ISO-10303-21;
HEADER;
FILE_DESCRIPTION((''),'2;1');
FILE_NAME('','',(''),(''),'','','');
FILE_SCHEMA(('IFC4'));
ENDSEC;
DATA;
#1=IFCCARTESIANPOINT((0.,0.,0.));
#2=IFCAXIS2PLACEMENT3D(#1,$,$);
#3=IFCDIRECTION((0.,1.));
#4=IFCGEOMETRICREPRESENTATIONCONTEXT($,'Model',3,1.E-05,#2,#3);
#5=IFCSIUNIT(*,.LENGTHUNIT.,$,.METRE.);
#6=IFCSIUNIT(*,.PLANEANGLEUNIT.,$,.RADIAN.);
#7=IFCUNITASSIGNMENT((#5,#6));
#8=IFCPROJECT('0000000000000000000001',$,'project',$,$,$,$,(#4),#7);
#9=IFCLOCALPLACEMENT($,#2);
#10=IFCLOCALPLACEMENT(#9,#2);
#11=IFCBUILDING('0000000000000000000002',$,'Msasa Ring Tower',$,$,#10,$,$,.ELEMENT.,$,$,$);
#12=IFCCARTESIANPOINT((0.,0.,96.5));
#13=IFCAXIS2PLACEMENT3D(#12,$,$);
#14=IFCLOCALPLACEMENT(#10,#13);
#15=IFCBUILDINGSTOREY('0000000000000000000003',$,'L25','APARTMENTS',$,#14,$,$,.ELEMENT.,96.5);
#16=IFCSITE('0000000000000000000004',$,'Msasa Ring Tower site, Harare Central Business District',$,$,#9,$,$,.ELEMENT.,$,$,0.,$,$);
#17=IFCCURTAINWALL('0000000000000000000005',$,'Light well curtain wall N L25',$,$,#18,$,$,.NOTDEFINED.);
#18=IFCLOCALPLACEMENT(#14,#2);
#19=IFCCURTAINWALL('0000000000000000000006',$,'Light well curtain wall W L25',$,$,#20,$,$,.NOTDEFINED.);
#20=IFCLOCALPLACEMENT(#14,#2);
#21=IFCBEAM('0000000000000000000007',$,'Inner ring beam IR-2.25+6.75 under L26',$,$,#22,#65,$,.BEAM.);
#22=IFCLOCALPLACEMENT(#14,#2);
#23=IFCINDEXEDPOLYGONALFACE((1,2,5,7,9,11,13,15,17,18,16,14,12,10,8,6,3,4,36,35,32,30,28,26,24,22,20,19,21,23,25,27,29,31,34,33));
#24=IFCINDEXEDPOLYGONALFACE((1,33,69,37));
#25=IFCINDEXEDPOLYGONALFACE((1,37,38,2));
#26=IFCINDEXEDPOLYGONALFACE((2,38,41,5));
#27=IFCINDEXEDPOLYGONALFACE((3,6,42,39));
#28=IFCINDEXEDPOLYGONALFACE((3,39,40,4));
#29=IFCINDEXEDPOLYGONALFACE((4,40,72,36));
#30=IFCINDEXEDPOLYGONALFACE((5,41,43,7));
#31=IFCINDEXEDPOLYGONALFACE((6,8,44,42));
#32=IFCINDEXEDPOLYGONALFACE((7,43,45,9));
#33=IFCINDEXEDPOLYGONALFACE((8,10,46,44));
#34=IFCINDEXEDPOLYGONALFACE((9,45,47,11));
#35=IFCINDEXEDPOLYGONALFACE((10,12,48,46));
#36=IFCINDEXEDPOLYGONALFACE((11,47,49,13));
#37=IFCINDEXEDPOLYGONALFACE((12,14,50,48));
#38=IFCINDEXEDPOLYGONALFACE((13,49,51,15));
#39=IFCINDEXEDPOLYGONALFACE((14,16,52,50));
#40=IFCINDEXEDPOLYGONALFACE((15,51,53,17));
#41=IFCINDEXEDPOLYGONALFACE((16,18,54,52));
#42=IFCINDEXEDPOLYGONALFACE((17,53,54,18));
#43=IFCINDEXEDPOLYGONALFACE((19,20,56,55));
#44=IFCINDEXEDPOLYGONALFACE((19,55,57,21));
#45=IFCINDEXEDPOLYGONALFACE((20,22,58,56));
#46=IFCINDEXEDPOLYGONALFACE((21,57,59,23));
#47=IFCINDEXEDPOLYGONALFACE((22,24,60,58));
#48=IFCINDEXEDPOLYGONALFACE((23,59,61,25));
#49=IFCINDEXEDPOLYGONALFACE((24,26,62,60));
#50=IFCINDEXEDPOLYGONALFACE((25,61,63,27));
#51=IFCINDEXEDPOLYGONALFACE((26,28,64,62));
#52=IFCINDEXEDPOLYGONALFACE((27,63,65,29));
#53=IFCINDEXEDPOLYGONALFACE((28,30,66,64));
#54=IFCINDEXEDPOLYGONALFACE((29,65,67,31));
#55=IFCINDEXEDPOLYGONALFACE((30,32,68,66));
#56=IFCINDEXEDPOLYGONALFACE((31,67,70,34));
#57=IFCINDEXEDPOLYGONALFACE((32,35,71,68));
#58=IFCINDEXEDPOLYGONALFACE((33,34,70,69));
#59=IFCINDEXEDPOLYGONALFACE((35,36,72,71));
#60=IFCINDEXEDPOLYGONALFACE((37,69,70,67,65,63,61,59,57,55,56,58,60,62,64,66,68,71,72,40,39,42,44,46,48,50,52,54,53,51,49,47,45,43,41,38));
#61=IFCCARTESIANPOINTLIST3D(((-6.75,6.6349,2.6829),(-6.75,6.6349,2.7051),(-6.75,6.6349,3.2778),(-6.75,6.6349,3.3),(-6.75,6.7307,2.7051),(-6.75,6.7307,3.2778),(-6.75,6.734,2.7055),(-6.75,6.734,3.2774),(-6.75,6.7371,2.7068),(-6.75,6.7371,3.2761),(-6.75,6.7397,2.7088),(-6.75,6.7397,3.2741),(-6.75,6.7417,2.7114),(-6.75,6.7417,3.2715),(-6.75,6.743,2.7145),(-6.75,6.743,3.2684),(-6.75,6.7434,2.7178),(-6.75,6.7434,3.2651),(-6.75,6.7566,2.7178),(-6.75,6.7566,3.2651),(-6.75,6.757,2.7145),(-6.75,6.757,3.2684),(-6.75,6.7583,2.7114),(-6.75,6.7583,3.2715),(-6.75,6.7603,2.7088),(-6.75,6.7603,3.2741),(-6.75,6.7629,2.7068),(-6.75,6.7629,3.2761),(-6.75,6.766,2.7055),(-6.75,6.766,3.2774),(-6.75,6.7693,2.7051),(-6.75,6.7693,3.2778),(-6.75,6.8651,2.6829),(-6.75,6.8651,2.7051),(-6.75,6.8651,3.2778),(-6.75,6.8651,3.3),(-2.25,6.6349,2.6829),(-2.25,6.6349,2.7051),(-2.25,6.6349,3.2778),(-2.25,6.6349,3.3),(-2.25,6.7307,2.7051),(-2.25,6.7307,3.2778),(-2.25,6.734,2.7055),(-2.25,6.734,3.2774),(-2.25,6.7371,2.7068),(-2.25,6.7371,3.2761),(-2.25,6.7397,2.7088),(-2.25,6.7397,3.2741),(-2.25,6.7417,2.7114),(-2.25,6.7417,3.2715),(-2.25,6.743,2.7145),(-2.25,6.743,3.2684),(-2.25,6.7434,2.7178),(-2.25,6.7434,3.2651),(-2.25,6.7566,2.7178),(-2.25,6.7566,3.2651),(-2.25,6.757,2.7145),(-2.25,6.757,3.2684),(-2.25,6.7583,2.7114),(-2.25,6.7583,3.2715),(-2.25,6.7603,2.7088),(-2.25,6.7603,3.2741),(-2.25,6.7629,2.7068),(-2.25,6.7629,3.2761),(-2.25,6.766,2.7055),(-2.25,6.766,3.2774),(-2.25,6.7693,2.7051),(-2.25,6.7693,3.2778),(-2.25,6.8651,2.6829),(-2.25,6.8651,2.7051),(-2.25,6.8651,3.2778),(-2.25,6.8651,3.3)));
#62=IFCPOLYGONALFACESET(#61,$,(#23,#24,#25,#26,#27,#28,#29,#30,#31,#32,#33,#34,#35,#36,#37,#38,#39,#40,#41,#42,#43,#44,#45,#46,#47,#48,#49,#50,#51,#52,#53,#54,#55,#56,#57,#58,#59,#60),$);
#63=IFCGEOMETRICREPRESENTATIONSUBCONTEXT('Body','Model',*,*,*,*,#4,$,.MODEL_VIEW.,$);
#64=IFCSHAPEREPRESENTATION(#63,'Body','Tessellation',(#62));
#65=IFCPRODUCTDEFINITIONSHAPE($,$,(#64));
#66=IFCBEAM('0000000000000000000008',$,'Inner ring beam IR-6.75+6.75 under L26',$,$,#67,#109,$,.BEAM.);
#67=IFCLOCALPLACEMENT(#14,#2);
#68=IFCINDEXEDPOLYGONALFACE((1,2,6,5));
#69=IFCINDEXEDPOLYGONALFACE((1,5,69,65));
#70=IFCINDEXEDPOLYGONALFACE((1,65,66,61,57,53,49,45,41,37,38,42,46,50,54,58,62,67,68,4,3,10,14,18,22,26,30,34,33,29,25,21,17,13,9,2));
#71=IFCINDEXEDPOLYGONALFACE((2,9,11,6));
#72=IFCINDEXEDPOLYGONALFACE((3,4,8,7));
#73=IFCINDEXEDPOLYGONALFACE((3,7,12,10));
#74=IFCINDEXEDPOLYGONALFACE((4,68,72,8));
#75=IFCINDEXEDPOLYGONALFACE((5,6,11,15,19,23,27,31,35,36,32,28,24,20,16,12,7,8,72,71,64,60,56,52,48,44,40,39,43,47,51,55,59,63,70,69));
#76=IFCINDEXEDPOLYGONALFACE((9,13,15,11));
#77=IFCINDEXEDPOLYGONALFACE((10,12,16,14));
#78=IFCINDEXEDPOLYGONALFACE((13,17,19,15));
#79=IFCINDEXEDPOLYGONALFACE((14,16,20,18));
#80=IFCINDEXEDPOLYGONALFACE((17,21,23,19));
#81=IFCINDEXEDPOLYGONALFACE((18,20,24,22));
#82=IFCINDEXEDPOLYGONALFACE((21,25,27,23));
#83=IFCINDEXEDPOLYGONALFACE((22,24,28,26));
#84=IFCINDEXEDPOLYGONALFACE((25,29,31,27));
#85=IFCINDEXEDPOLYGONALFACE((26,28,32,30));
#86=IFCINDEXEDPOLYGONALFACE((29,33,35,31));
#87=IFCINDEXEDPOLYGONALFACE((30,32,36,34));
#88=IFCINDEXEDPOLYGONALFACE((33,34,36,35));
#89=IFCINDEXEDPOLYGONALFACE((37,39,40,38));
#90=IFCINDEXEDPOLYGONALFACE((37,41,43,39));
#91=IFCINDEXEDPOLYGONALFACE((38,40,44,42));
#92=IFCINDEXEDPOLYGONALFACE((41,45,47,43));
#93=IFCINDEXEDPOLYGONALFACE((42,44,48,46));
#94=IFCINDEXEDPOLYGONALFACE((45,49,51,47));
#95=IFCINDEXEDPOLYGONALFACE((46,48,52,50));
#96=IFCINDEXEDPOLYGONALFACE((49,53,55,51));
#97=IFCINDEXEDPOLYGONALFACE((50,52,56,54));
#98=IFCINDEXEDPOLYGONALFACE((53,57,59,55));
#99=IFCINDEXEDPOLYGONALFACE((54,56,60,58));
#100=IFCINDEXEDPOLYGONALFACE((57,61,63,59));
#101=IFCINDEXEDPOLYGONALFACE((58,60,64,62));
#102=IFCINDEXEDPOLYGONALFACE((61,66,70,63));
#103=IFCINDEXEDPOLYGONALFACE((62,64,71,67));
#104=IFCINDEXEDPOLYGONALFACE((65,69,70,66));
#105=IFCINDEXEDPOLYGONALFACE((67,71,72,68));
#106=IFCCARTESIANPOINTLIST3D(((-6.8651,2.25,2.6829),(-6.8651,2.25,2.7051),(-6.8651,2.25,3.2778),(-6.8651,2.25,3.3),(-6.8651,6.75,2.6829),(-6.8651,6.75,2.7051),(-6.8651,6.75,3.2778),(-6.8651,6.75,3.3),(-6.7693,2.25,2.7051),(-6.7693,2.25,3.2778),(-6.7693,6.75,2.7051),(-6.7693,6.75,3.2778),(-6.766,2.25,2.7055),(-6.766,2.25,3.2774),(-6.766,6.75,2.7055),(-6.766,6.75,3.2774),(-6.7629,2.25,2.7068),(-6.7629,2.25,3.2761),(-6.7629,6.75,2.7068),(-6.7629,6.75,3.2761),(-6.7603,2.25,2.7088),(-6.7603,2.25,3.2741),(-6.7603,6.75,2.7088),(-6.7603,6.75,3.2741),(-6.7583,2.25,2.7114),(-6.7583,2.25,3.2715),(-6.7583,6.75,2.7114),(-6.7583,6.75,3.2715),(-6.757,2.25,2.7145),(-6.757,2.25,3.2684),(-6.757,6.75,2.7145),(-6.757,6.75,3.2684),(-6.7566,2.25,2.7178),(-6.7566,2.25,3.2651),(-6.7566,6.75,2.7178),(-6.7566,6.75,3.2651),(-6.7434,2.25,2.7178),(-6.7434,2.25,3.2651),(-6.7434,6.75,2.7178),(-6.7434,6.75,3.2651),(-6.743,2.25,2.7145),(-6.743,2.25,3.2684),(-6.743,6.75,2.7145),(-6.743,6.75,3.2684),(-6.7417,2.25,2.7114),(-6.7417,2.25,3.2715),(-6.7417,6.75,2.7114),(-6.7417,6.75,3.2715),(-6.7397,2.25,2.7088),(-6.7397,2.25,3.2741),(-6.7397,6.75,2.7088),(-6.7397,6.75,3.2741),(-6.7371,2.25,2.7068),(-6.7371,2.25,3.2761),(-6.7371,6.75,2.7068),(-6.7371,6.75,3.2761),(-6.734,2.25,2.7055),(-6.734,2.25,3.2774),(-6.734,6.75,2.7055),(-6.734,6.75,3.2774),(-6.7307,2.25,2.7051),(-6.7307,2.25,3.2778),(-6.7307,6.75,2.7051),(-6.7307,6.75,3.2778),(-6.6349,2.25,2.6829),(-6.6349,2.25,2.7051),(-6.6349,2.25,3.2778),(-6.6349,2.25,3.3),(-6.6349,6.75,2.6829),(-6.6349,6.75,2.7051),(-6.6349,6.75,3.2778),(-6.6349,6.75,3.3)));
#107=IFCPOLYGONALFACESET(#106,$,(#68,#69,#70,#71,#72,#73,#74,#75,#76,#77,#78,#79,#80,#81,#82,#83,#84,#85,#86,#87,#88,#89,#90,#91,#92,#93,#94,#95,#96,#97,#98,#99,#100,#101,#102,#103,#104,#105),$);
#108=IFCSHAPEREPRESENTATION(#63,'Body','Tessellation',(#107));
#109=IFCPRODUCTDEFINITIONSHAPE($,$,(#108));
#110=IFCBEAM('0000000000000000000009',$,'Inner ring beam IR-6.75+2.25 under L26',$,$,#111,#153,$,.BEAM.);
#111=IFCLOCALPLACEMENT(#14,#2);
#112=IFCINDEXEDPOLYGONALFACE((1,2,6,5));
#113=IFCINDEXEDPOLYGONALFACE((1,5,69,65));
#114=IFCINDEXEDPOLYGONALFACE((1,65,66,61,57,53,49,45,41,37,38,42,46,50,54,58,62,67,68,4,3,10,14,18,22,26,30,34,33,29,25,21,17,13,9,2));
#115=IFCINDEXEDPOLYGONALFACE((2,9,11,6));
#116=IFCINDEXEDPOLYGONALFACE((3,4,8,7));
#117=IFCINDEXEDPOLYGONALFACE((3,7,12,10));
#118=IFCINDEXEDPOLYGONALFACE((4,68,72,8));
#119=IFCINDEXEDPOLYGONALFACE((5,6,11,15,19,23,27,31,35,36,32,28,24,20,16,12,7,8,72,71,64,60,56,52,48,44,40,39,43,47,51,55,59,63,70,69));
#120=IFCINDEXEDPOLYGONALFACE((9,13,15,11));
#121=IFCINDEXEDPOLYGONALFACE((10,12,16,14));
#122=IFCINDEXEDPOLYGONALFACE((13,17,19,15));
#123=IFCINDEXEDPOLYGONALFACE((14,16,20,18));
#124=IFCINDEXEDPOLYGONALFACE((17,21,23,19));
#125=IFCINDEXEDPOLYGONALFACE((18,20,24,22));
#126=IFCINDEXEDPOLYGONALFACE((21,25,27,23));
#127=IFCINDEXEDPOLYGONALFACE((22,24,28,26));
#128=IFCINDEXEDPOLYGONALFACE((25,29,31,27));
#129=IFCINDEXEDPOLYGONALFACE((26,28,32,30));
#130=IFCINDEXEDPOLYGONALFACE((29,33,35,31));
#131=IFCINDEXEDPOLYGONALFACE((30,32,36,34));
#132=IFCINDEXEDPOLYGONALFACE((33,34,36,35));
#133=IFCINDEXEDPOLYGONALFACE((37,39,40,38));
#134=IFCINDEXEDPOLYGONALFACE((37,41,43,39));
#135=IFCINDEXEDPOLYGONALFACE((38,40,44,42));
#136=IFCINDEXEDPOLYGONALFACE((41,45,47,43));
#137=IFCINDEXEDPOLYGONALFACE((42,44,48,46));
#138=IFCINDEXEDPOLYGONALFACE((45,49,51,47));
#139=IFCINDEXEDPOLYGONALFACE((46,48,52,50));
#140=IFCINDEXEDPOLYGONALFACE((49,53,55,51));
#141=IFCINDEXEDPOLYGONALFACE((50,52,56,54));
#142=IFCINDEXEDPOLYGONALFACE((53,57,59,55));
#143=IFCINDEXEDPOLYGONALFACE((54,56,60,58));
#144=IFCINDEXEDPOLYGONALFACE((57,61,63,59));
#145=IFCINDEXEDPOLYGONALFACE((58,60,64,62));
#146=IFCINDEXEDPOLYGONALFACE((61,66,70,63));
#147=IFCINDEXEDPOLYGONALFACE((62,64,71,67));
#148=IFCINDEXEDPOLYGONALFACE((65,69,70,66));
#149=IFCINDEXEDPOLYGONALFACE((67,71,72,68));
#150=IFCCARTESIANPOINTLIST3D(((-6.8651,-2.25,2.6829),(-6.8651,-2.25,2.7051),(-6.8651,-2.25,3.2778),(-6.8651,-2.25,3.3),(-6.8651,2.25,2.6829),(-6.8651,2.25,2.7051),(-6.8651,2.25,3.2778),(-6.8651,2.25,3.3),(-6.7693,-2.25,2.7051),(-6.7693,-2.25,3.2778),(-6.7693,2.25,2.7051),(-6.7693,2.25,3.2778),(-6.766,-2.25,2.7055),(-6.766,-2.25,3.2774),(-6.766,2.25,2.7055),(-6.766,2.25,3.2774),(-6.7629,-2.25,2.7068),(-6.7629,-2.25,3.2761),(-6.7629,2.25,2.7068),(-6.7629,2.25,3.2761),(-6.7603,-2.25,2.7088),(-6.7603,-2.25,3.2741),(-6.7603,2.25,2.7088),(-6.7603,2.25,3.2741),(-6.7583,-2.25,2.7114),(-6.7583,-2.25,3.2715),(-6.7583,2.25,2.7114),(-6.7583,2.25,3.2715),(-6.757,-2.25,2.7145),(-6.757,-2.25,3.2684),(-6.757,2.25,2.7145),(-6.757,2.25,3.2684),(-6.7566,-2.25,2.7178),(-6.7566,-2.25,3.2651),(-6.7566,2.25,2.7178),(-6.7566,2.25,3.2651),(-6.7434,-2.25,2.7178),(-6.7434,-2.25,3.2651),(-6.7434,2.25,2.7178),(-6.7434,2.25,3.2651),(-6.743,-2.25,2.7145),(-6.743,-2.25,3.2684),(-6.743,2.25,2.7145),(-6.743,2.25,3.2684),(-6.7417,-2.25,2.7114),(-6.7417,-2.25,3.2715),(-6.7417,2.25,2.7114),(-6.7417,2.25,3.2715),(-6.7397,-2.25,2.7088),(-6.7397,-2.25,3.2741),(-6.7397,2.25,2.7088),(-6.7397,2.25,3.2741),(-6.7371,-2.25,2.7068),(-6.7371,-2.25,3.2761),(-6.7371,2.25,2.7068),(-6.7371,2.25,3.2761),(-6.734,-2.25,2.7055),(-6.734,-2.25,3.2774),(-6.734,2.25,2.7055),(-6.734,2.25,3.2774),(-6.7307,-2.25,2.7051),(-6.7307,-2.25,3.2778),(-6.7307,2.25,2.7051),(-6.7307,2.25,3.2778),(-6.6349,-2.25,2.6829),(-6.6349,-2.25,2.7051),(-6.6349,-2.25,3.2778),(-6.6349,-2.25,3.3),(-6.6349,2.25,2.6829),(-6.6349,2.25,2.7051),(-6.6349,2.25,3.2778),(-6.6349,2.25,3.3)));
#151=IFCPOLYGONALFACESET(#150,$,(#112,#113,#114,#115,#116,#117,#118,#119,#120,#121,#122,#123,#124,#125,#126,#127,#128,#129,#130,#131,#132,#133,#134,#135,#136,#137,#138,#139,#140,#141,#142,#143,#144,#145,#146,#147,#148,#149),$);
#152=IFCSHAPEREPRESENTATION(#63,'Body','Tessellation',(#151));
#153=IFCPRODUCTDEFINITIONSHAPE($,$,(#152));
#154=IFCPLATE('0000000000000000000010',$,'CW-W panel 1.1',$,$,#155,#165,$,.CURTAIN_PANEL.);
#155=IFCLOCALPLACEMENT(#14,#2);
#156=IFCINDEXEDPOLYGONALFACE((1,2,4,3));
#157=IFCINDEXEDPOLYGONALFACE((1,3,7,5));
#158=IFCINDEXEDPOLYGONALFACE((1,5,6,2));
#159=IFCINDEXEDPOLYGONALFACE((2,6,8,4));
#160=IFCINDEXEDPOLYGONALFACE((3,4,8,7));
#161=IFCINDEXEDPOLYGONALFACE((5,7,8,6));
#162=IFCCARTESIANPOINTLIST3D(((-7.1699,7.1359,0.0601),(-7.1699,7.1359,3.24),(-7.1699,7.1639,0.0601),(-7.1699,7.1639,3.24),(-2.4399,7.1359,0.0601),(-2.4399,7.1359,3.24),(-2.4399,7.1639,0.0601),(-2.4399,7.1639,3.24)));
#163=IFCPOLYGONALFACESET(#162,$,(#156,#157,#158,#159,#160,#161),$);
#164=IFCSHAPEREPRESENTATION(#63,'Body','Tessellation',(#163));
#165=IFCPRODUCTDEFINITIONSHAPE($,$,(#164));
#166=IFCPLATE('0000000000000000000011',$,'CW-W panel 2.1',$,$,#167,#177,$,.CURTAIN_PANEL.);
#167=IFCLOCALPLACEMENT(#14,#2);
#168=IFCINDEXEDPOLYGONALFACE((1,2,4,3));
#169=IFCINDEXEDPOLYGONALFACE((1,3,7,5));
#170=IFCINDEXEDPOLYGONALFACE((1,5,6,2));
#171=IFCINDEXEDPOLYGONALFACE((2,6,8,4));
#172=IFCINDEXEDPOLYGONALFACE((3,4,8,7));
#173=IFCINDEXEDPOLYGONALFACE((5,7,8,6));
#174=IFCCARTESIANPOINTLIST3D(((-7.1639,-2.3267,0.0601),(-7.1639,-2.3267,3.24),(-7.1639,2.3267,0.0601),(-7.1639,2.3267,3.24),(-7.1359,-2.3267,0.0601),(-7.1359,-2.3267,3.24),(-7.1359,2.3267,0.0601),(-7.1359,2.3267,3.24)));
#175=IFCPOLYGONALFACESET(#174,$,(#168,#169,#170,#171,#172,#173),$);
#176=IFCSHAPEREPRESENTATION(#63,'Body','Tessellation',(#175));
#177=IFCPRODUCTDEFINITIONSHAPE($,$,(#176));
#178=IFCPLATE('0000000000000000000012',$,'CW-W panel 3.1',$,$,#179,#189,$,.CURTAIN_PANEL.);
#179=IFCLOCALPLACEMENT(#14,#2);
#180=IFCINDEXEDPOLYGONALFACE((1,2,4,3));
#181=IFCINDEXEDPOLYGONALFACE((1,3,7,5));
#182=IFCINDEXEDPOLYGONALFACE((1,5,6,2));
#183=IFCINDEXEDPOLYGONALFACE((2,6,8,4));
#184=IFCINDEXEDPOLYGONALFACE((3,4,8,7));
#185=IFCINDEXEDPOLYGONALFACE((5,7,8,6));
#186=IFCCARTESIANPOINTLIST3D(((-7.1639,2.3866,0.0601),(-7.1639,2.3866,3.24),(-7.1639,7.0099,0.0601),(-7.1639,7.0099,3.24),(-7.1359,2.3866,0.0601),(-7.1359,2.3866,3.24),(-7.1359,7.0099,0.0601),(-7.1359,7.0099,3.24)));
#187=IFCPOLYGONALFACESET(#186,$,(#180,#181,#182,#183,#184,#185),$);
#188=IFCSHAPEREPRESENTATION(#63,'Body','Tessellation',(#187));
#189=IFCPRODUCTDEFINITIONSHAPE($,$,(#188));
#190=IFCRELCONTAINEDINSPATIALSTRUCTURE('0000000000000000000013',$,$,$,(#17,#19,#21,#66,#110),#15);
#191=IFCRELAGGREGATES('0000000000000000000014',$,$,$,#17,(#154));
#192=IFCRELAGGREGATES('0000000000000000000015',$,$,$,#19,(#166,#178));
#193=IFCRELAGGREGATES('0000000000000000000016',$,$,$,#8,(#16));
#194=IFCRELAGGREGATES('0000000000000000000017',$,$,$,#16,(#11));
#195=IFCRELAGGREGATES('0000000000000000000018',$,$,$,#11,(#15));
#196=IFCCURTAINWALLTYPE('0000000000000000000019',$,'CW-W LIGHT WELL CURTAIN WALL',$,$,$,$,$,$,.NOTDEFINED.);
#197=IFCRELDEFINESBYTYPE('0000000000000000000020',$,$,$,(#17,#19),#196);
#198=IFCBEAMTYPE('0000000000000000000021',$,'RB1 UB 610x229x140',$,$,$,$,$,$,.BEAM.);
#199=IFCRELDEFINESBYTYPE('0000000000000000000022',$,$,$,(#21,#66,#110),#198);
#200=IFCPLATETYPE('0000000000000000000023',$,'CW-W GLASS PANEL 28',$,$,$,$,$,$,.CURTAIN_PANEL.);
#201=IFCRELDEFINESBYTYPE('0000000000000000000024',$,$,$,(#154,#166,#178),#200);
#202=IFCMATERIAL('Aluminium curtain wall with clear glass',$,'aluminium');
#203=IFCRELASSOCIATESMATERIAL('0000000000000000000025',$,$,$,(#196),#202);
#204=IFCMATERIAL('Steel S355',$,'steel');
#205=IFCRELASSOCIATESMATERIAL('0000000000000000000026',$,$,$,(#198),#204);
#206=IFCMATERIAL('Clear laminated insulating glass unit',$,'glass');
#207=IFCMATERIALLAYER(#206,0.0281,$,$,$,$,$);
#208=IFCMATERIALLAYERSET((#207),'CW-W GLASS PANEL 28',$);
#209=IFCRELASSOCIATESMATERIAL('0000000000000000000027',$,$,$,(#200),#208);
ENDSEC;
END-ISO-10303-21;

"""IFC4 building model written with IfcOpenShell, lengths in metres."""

from ifc_helpers import new_model, si_unit, direction, frame, origin, origin_2d, place, context, subcontext, project, spatial, rectangle, i_section, extrude, material, layer, layer_set, material_profile, profile_set, type_object, element, aggregate, save


model = new_model("IFC4")

# Units and contexts
model_context = context("Model", 3, precision=1e-05, world=origin(), true_north=direction((0.0, 1.0)))
body_context = subcontext(model_context, "Body", "Model", "MODEL_VIEW")
ifc_project = project(units=[si_unit("LENGTHUNIT", "METRE"), si_unit("PLANEANGLEUNIT", "RADIAN")], contexts=[model_context])

# Site, building, storey
site_placement = place(None, origin())
site = spatial("IfcSite", under=ifc_project, at=site_placement, Name="Msasa Ring Tower site, Harare Central Business District", CompositionType="ELEMENT", RefElevation=0.0)
building_placement = place(site_placement, origin())
building = spatial("IfcBuilding", under=site, at=building_placement, Name="Msasa Ring Tower", CompositionType="ELEMENT")
storey_placement = place(building_placement, frame((0.0, 0.0, 96.5)))
storey = spatial("IfcBuildingStorey", under=building, at=storey_placement, Name="L25", Description="APARTMENTS", CompositionType="ELEMENT", Elevation=96.5)

# Curtain walls
ifc_material_1 = material(Name="Aluminium curtain wall with clear glass", Category="aluminium")
curtain_wall_type = type_object("IfcCurtainWallType", Name="CW-W LIGHT WELL CURTAIN WALL", PredefinedType="NOTDEFINED", material=ifc_material_1)
curtain_wall_1_placement = place(storey_placement, origin())
curtain_wall_1 = element("IfcCurtainWall", 1, at=curtain_wall_1_placement, inside=storey, type_object=curtain_wall_type, Name="Light well curtain wall N L25", PredefinedType="NOTDEFINED")
curtain_wall_2_placement = place(storey_placement, origin())
curtain_wall_2 = element("IfcCurtainWall", 2, at=curtain_wall_2_placement, inside=storey, type_object=curtain_wall_type, Name="Light well curtain wall W L25", PredefinedType="NOTDEFINED")

# Beams
ifc_material_2 = material(Name="Steel S355", Category="steel")
ifc_material_profile_1 = material_profile(ifc_material_2, i_section(OverallWidth=0.2302, OverallDepth=0.6172, WebThickness=0.0132, FlangeThickness=0.0222, FilletRadius=0.0127, at=origin_2d()), Name="UB 610x229x140")
ifc_profile_set_1 = profile_set([ifc_material_profile_1], Name="Steel S355")
beam_type = type_object("IfcBeamType", Name="RB1 UB 610x229x140", PredefinedType="BEAM", material=ifc_profile_set_1)
for number, where, z_axis, x_axis, name in (
    (3, (-2.25, 6.75, 2.9915), (-1.0, 0.0, 0.0), (0.0, -1.0, 0.0), "Inner ring beam IR-2.25+6.75 under L26"),
    (4, (-6.75, 6.75, 2.9915), (0.0, -1.0, 0.0), (1.0, 0.0, 0.0), "Inner ring beam IR-6.75+6.75 under L26"),
    (5, (-6.75, 2.25, 2.9915), (0.0, -1.0, 0.0), (1.0, 0.0, 0.0), "Inner ring beam IR-6.75+2.25 under L26"),
):
    element("IfcBeam", number, at=place(storey_placement, frame(where, z_axis=z_axis, x_axis=x_axis)), inside=storey, type_object=beam_type, Name=name, PredefinedType="BEAM", context=body_context, shape_type="SweptSolid", body=[
        extrude(i_section(OverallWidth=0.2302, OverallDepth=0.6172, WebThickness=0.0132, FlangeThickness=0.0222, FilletRadius=0.0127, at=origin_2d()), origin(), (0.0, 0.0, 1.0), 4.5),
    ])

# Plates
ifc_material_3 = material(Name="Clear laminated insulating glass unit", Category="glass")
ifc_layer_1 = layer(ifc_material_3, 0.0281)
ifc_layer_set_1 = layer_set([ifc_layer_1], Name="CW-W GLASS PANEL 28")
plate_type = type_object("IfcPlateType", Name="CW-W GLASS PANEL 28", PredefinedType="CURTAIN_PANEL", material=ifc_layer_set_1)
plate_1_placement = place(storey_placement, frame((-4.8049, 7.1499, 0.0601), z_axis=(0.0, 0.0, 1.0), x_axis=(1.0, 0.0, 0.0)))
plate_1 = element("IfcPlate", 6, at=plate_1_placement, type_object=plate_type, Name="CW-W panel 1.1", PredefinedType="CURTAIN_PANEL", context=body_context, shape_type="SweptSolid", body=[
    extrude(rectangle(XDim=4.73, YDim=0.0281, at=origin_2d()), origin(), (0.0, 0.0, 1.0), 3.1799),
])
aggregate(curtain_wall_1, [plate_1])
plate_2_placement = place(storey_placement, frame((-7.1499, 0.0, 0.0601), z_axis=(0.0, 0.0, 1.0), x_axis=(0.0, 1.0, 0.0)))
plate_2 = element("IfcPlate", 7, at=plate_2_placement, type_object=plate_type, Name="CW-W panel 2.1", PredefinedType="CURTAIN_PANEL", context=body_context, shape_type="SweptSolid", body=[
    extrude(rectangle(XDim=4.6533, YDim=0.0281, at=origin_2d()), origin(), (0.0, 0.0, 1.0), 3.1799),
])
plate_3_placement = place(storey_placement, frame((-7.1499, 4.6982, 0.0601), z_axis=(0.0, 0.0, 1.0), x_axis=(0.0, 1.0, 0.0)))
plate_3 = element("IfcPlate", 8, at=plate_3_placement, type_object=plate_type, Name="CW-W panel 3.1", PredefinedType="CURTAIN_PANEL", context=body_context, shape_type="SweptSolid", body=[
    extrude(rectangle(XDim=4.6233, YDim=0.0281, at=origin_2d()), origin(), (0.0, 0.0, 1.0), 3.1799),
])
aggregate(curtain_wall_2, [plate_2, plate_3])

save(model, "model.ifc")
